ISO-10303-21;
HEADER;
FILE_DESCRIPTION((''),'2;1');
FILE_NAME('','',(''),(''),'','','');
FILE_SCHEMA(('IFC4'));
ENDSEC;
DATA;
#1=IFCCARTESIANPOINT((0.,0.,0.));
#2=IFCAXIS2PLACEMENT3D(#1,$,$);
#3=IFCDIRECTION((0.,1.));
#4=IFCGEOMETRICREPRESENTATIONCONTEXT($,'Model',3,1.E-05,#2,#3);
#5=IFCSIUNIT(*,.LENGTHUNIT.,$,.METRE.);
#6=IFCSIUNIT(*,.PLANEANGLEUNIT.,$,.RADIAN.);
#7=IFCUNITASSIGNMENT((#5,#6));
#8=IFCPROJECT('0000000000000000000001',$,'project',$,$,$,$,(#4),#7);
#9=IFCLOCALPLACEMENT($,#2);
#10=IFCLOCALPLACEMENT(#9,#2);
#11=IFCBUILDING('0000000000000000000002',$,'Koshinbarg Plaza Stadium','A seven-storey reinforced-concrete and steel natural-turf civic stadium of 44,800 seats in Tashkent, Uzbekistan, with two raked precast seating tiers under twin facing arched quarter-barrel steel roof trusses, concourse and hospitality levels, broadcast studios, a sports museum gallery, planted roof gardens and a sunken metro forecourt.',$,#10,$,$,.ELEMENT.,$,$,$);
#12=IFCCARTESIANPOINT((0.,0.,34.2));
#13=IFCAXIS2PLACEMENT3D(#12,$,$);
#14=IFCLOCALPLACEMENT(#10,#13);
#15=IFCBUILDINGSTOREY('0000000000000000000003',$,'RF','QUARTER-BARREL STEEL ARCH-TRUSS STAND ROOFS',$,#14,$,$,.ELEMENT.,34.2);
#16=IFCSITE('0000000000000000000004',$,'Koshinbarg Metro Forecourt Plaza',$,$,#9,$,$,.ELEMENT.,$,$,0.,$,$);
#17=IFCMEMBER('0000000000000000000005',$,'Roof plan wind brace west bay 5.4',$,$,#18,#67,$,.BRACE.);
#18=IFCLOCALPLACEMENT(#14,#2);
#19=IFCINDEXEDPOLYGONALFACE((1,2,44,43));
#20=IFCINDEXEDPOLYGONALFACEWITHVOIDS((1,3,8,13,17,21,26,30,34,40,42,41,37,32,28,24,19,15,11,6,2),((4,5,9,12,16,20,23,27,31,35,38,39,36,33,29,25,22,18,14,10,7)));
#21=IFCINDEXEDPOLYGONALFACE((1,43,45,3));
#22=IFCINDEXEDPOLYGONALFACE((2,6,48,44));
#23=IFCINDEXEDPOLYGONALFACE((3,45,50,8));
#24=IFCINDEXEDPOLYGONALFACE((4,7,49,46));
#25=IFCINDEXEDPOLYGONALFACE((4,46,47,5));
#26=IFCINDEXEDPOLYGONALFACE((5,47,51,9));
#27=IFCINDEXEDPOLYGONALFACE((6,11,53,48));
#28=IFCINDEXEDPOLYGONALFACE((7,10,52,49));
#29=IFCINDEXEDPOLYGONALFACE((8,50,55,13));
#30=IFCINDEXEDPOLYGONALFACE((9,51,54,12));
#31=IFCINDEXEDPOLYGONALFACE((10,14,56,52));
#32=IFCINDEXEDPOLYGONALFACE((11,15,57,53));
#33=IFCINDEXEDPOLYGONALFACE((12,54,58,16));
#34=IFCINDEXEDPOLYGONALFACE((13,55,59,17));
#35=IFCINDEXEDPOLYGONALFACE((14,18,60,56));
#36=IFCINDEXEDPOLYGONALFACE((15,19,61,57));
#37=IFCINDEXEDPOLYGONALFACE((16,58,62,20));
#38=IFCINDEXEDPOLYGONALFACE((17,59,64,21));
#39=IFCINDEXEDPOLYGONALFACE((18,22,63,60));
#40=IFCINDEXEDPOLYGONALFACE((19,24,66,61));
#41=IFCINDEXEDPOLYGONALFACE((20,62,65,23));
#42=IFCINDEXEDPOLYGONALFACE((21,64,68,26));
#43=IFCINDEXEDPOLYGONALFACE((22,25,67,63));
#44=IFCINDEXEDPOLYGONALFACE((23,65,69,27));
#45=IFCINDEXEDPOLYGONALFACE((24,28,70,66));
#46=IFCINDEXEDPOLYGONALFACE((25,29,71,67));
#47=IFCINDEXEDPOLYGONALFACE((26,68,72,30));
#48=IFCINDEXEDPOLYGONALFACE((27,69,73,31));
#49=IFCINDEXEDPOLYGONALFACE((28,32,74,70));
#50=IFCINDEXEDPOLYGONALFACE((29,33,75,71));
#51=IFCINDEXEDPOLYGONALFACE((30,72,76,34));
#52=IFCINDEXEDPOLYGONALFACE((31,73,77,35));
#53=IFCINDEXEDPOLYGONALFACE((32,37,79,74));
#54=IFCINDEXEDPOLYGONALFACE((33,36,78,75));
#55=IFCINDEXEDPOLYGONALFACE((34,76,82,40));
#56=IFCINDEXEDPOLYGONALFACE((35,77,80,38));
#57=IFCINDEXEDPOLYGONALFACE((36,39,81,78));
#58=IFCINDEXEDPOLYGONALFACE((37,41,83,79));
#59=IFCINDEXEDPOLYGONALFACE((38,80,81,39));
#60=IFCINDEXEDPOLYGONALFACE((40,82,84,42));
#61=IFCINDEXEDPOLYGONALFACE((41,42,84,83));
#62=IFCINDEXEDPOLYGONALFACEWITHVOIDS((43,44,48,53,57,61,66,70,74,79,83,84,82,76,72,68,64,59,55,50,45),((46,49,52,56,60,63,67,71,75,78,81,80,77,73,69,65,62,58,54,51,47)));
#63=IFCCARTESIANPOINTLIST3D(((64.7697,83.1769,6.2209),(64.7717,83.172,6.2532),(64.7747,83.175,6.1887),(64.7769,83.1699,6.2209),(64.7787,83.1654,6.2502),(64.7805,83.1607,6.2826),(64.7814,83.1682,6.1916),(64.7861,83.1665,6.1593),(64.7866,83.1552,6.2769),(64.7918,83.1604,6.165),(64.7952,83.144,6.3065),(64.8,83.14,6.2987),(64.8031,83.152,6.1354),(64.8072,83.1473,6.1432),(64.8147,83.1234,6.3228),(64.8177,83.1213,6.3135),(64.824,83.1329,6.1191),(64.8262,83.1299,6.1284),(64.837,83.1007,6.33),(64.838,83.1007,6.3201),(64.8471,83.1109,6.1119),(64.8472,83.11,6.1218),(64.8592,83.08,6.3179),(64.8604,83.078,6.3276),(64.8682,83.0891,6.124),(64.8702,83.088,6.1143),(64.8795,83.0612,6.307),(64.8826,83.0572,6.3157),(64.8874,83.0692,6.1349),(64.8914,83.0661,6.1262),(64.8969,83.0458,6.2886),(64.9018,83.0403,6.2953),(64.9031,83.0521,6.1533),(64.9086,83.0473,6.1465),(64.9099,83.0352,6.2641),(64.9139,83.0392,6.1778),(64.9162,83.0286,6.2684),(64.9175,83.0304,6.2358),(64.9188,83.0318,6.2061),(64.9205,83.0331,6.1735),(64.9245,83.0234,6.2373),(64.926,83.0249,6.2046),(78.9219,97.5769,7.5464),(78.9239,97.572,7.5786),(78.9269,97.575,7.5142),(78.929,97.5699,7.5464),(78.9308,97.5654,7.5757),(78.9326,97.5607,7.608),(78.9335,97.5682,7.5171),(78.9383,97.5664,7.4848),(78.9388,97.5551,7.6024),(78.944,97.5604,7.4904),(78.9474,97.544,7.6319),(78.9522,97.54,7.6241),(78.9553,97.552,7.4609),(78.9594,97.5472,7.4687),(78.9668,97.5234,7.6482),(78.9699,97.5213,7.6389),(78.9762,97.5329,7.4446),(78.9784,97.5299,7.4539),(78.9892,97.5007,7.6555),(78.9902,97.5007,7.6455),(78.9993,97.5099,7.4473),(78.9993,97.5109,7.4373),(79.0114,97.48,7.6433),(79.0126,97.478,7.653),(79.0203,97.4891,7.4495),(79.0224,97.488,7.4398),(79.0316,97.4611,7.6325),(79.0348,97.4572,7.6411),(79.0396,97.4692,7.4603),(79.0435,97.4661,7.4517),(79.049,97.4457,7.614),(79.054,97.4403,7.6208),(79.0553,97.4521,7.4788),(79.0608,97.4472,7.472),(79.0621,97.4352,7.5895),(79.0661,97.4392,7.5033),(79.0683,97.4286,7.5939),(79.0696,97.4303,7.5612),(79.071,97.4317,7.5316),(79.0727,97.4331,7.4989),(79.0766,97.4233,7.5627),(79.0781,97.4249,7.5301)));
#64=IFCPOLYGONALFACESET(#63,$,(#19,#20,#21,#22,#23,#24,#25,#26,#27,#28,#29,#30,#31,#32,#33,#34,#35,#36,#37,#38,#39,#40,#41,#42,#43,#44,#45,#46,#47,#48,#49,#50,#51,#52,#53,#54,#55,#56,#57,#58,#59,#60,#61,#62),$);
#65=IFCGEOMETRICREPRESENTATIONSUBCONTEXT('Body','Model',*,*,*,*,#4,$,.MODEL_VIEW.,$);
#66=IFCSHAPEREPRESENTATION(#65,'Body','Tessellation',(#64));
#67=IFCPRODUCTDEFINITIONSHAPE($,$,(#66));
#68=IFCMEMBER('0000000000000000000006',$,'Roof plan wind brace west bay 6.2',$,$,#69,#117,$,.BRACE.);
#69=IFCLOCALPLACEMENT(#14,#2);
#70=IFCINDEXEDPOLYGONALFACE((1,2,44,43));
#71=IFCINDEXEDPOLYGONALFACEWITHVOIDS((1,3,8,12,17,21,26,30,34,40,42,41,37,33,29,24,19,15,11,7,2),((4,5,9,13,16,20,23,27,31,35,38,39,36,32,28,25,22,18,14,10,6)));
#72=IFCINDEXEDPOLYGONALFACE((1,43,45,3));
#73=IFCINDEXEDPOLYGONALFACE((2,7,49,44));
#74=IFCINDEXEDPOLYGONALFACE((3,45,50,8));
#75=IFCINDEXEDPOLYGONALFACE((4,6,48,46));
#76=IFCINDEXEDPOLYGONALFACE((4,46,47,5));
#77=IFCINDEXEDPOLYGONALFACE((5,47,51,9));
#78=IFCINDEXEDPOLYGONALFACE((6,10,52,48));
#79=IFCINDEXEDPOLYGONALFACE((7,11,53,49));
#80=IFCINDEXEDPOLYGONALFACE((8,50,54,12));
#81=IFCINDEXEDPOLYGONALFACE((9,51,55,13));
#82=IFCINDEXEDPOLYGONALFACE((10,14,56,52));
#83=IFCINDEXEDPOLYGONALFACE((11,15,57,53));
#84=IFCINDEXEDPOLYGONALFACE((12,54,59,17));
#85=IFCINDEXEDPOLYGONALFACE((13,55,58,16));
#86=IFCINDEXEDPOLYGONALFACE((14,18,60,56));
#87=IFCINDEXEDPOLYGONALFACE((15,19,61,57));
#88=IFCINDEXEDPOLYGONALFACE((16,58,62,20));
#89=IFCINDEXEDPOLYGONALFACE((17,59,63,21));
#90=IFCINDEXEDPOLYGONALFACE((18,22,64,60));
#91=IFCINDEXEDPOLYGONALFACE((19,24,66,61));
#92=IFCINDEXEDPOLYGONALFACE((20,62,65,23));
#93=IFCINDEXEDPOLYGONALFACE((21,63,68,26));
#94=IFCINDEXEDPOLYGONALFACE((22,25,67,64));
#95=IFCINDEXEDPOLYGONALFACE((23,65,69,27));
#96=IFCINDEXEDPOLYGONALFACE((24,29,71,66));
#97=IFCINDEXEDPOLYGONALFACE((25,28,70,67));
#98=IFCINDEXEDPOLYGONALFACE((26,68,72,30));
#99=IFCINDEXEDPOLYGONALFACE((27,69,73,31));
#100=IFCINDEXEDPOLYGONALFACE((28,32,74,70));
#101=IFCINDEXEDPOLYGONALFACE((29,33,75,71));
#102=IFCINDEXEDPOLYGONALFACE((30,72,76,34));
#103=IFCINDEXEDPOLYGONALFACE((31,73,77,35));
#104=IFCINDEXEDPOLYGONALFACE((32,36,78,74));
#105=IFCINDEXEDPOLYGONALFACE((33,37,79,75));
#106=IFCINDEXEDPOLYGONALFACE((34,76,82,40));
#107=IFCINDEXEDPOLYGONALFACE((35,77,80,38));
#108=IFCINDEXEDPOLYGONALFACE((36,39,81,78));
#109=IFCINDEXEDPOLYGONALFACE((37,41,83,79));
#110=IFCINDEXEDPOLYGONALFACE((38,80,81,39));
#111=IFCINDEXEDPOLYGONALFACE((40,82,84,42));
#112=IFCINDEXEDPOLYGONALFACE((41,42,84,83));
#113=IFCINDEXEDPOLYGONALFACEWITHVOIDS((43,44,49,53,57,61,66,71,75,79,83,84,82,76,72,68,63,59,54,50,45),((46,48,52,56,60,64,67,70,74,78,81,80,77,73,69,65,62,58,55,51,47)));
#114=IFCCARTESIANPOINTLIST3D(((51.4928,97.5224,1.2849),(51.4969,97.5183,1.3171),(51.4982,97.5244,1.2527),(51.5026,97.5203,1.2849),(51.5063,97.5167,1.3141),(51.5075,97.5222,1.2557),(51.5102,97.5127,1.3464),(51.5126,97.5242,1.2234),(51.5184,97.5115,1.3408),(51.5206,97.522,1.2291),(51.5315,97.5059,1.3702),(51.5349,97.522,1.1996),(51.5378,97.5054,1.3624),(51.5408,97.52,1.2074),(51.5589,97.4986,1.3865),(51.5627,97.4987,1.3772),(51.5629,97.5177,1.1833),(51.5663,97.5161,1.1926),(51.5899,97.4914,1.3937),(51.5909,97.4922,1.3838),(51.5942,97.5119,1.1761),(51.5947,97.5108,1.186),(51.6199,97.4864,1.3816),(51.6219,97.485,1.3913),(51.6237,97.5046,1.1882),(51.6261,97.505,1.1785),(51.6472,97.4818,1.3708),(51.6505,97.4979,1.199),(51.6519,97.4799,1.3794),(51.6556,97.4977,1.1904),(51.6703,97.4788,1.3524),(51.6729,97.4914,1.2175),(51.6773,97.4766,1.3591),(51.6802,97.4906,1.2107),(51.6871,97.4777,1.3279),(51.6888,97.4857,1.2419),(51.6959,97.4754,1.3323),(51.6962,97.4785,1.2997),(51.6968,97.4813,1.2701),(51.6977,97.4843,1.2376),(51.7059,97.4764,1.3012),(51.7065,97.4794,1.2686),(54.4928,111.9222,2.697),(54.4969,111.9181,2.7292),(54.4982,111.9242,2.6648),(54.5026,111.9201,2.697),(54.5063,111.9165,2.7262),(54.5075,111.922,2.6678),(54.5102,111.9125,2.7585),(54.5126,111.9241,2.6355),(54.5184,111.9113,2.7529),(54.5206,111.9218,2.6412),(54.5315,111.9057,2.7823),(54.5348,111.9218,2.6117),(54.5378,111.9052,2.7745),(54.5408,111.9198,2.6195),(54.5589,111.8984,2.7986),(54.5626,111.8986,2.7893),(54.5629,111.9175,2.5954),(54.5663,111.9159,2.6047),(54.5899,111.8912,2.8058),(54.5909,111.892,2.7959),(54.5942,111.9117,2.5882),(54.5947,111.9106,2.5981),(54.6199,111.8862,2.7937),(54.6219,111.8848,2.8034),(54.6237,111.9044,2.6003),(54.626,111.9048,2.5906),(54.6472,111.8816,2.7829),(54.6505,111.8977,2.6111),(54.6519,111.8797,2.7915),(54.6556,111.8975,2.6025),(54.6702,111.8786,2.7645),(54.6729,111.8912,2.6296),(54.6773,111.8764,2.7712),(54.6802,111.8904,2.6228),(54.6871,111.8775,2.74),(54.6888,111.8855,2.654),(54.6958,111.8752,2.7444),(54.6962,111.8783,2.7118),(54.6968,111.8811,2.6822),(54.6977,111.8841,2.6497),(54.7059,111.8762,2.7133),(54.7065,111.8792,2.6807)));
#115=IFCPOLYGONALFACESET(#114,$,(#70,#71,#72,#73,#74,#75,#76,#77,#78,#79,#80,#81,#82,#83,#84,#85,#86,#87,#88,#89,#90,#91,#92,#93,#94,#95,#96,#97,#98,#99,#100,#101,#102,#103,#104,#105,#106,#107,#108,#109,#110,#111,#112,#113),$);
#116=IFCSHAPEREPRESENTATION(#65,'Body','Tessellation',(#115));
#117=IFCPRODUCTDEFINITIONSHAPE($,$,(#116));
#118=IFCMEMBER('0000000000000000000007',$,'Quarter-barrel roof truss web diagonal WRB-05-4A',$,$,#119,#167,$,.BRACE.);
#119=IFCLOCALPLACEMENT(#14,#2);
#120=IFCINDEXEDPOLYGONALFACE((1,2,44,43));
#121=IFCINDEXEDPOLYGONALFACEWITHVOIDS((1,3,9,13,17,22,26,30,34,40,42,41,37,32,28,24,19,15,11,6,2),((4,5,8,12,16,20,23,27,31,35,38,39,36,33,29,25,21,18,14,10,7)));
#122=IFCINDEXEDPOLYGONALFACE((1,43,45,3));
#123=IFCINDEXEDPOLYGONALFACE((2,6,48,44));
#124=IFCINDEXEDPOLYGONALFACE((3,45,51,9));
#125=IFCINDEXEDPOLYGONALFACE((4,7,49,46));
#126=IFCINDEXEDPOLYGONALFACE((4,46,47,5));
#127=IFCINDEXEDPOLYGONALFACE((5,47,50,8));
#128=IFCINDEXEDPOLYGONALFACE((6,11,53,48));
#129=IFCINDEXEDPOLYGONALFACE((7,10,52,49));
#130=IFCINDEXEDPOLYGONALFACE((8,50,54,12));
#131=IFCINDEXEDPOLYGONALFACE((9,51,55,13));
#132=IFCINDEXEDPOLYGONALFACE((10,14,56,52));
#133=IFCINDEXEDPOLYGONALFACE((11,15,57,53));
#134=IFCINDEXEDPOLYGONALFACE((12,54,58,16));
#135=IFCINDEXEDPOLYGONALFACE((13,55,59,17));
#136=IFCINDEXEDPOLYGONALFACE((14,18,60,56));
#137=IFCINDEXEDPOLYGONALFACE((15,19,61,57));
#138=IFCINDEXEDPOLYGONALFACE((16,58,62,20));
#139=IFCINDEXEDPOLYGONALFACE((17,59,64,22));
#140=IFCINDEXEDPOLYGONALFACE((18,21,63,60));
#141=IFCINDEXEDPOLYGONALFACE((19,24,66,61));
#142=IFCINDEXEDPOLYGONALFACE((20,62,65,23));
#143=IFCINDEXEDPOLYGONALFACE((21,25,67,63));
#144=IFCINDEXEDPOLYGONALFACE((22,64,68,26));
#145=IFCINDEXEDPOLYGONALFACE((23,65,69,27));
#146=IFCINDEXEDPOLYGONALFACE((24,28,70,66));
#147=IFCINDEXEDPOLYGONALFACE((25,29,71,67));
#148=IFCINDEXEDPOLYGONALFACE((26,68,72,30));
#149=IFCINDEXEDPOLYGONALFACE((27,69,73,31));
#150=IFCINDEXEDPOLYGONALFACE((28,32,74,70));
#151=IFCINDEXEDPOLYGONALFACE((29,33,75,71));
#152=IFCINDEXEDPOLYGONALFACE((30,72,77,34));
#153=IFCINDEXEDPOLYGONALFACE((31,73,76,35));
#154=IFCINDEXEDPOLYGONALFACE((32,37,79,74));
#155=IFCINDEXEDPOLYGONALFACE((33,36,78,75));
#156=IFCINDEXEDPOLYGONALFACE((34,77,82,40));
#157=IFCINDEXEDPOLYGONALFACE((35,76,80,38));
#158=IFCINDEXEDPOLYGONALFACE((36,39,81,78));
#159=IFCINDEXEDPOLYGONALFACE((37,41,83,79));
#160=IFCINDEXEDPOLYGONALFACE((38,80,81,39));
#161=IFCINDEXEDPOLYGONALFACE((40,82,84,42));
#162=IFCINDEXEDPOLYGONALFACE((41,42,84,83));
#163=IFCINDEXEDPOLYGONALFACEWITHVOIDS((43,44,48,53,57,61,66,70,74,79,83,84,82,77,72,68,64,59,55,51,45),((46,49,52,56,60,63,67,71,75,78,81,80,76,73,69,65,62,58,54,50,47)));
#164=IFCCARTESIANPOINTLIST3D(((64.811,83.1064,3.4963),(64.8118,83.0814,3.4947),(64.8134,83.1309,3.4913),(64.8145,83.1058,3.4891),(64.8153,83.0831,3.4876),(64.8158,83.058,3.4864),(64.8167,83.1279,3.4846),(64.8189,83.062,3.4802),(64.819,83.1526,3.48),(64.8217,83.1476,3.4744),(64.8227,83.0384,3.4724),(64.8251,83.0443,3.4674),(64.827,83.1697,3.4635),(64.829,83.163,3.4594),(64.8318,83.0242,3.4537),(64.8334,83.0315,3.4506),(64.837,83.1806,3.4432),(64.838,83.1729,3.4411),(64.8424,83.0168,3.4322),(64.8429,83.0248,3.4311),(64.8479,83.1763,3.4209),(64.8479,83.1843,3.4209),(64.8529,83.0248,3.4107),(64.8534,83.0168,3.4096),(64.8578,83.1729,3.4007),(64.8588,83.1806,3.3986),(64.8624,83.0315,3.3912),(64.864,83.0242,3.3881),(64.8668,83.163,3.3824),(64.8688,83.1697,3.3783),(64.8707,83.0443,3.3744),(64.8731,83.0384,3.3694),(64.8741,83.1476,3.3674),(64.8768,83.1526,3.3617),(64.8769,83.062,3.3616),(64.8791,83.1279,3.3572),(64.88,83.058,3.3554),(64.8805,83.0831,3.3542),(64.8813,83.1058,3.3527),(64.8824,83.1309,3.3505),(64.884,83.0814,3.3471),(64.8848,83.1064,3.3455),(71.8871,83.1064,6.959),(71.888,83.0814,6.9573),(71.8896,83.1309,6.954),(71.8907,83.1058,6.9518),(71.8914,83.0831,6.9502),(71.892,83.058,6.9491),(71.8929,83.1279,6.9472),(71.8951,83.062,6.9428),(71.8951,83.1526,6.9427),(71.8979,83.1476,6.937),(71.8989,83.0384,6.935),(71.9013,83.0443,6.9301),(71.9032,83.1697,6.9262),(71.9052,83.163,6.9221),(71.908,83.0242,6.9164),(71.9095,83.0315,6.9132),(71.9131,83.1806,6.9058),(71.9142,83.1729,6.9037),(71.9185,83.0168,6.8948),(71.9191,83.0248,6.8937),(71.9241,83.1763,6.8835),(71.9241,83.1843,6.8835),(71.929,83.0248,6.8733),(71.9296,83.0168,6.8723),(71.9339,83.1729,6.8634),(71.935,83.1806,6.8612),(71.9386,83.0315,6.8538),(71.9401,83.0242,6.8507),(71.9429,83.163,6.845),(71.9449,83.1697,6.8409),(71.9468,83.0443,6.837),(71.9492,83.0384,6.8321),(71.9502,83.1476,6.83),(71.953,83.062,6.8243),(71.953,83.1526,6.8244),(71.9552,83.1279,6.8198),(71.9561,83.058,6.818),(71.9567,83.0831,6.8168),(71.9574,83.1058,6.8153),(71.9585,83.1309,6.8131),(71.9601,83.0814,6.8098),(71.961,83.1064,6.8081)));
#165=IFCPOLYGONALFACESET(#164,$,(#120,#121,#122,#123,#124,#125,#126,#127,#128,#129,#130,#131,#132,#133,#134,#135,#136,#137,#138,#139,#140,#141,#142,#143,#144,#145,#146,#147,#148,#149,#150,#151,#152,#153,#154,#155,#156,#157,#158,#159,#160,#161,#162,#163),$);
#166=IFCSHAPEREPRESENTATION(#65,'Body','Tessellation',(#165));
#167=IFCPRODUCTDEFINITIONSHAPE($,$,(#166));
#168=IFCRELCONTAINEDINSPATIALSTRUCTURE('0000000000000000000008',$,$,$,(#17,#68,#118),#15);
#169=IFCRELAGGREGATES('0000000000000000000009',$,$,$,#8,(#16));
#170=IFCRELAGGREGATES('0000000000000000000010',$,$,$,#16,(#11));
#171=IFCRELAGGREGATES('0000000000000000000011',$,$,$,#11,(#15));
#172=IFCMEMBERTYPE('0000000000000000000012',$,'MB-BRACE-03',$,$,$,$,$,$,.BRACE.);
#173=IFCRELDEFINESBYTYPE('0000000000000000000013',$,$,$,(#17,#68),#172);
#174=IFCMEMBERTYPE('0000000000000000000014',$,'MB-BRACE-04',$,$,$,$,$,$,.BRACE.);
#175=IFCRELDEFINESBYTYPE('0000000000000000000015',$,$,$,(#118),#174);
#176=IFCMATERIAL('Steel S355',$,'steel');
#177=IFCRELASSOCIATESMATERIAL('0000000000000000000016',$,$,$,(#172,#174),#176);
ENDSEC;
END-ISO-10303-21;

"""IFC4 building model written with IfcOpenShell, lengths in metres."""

from ifc_helpers import new_model, si_unit, direction, frame, origin, origin_2d, place, context, subcontext, project, spatial, hollow_circle, extrude, material, material_profile, profile_set, type_object, element, save


model = new_model("IFC4")

# Units and contexts
model_context = context("Model", 3, precision=1e-05, world=origin(), true_north=direction((0.0, 1.0)))
body_context = subcontext(model_context, "Body", "Model", "MODEL_VIEW")
ifc_project = project(units=[si_unit("LENGTHUNIT", "METRE"), si_unit("PLANEANGLEUNIT", "RADIAN")], contexts=[model_context])

# Site, building, storey
site_placement = place(None, origin())
site = spatial("IfcSite", under=ifc_project, at=site_placement, Name="Koshinbarg Metro Forecourt Plaza", CompositionType="ELEMENT", RefElevation=0.0)
building_placement = place(site_placement, origin())
building = spatial("IfcBuilding", under=site, at=building_placement, Name="Koshinbarg Plaza Stadium", Description="A seven-storey reinforced-concrete and steel natural-turf civic stadium of 44,800 seats in Tashkent, Uzbekistan, with two raked precast seating tiers under twin facing arched quarter-barrel steel roof trusses, concourse and hospitality levels, broadcast studios, a sports museum gallery, planted roof gardens and a sunken metro forecourt.", CompositionType="ELEMENT")
storey_placement = place(building_placement, frame((0.0, 0.0, 34.2)))
storey = spatial("IfcBuildingStorey", under=building, at=storey_placement, Name="RF", Description="QUARTER-BARREL STEEL ARCH-TRUSS STAND ROOFS", CompositionType="ELEMENT", Elevation=34.2)

# Members
ifc_material_1 = material(Name="Steel S355", Category="steel")
ifc_material_profile_1 = material_profile(ifc_material_1, hollow_circle(Radius=0.1096, WallThickness=0.01, at=origin_2d()), Name="CHS 219.1x10")
ifc_profile_set_1 = profile_set([ifc_material_profile_1], Name="Steel S355")
member_type_1 = type_object("IfcMemberType", Name="MB-BRACE-03", PredefinedType="BRACE", material=ifc_profile_set_1)
for number, where, z_axis, x_axis, name in (
    (1, (64.8479, 83.1001, 6.2209), (0.699438, 0.711685, 0.065507), (-0.713217, 0.700943, 0.0), "Roof plan wind brace west bay 5.4"),
):
    element("IfcMember", number, at=place(storey_placement, frame(where, z_axis=z_axis, x_axis=x_axis)), inside=storey, type_object=member_type_1, Name=name, PredefinedType="BRACE", context=body_context, shape_type="SweptSolid", body=[
        extrude(hollow_circle(Radius=0.1096, WallThickness=0.01, at=origin_2d()), origin(), (0.0, 0.0, 1.0), 20.2336),
    ])
member_1_placement = place(storey_placement, frame((51.6001, 97.5, 1.2849), z_axis=(0.203022, 0.9745, 0.095563), x_axis=(-0.97898, 0.203956, 0.0)))
element("IfcMember", 2, at=member_1_placement, inside=storey, type_object=member_type_1, Name="Roof plan wind brace west bay 6.2", PredefinedType="BRACE", context=body_context, shape_type="SweptSolid", body=[
    extrude(hollow_circle(Radius=0.1096, WallThickness=0.01, at=origin_2d()), origin(), (0.0, 0.0, 1.0), 14.7766),
])
ifc_material_profile_2 = material_profile(ifc_material_1, hollow_circle(Radius=0.0842, WallThickness=0.0081, at=origin_2d()), Name="CHS 168.3x8")
ifc_profile_set_2 = profile_set([ifc_material_profile_2], Name="Steel S355")
member_type_2 = type_object("IfcMemberType", Name="MB-BRACE-04", PredefinedType="BRACE", material=ifc_profile_set_2)
member_2_placement = place(storey_placement, frame((64.8479, 83.1001, 3.4209), z_axis=(0.898225, 0.0, 0.439536), x_axis=(0.0, 1.0, 0.0)))
element("IfcMember", 3, at=member_2_placement, inside=storey, type_object=member_type_2, Name="Quarter-barrel roof truss web diagonal WRB-05-4A", PredefinedType="BRACE", context=body_context, shape_type="SweptSolid", body=[
    extrude(hollow_circle(Radius=0.0842, WallThickness=0.0081, at=origin_2d()), origin(), (0.0, 0.0, 1.0), 7.8779),
])

save(model, "model.ifc")
